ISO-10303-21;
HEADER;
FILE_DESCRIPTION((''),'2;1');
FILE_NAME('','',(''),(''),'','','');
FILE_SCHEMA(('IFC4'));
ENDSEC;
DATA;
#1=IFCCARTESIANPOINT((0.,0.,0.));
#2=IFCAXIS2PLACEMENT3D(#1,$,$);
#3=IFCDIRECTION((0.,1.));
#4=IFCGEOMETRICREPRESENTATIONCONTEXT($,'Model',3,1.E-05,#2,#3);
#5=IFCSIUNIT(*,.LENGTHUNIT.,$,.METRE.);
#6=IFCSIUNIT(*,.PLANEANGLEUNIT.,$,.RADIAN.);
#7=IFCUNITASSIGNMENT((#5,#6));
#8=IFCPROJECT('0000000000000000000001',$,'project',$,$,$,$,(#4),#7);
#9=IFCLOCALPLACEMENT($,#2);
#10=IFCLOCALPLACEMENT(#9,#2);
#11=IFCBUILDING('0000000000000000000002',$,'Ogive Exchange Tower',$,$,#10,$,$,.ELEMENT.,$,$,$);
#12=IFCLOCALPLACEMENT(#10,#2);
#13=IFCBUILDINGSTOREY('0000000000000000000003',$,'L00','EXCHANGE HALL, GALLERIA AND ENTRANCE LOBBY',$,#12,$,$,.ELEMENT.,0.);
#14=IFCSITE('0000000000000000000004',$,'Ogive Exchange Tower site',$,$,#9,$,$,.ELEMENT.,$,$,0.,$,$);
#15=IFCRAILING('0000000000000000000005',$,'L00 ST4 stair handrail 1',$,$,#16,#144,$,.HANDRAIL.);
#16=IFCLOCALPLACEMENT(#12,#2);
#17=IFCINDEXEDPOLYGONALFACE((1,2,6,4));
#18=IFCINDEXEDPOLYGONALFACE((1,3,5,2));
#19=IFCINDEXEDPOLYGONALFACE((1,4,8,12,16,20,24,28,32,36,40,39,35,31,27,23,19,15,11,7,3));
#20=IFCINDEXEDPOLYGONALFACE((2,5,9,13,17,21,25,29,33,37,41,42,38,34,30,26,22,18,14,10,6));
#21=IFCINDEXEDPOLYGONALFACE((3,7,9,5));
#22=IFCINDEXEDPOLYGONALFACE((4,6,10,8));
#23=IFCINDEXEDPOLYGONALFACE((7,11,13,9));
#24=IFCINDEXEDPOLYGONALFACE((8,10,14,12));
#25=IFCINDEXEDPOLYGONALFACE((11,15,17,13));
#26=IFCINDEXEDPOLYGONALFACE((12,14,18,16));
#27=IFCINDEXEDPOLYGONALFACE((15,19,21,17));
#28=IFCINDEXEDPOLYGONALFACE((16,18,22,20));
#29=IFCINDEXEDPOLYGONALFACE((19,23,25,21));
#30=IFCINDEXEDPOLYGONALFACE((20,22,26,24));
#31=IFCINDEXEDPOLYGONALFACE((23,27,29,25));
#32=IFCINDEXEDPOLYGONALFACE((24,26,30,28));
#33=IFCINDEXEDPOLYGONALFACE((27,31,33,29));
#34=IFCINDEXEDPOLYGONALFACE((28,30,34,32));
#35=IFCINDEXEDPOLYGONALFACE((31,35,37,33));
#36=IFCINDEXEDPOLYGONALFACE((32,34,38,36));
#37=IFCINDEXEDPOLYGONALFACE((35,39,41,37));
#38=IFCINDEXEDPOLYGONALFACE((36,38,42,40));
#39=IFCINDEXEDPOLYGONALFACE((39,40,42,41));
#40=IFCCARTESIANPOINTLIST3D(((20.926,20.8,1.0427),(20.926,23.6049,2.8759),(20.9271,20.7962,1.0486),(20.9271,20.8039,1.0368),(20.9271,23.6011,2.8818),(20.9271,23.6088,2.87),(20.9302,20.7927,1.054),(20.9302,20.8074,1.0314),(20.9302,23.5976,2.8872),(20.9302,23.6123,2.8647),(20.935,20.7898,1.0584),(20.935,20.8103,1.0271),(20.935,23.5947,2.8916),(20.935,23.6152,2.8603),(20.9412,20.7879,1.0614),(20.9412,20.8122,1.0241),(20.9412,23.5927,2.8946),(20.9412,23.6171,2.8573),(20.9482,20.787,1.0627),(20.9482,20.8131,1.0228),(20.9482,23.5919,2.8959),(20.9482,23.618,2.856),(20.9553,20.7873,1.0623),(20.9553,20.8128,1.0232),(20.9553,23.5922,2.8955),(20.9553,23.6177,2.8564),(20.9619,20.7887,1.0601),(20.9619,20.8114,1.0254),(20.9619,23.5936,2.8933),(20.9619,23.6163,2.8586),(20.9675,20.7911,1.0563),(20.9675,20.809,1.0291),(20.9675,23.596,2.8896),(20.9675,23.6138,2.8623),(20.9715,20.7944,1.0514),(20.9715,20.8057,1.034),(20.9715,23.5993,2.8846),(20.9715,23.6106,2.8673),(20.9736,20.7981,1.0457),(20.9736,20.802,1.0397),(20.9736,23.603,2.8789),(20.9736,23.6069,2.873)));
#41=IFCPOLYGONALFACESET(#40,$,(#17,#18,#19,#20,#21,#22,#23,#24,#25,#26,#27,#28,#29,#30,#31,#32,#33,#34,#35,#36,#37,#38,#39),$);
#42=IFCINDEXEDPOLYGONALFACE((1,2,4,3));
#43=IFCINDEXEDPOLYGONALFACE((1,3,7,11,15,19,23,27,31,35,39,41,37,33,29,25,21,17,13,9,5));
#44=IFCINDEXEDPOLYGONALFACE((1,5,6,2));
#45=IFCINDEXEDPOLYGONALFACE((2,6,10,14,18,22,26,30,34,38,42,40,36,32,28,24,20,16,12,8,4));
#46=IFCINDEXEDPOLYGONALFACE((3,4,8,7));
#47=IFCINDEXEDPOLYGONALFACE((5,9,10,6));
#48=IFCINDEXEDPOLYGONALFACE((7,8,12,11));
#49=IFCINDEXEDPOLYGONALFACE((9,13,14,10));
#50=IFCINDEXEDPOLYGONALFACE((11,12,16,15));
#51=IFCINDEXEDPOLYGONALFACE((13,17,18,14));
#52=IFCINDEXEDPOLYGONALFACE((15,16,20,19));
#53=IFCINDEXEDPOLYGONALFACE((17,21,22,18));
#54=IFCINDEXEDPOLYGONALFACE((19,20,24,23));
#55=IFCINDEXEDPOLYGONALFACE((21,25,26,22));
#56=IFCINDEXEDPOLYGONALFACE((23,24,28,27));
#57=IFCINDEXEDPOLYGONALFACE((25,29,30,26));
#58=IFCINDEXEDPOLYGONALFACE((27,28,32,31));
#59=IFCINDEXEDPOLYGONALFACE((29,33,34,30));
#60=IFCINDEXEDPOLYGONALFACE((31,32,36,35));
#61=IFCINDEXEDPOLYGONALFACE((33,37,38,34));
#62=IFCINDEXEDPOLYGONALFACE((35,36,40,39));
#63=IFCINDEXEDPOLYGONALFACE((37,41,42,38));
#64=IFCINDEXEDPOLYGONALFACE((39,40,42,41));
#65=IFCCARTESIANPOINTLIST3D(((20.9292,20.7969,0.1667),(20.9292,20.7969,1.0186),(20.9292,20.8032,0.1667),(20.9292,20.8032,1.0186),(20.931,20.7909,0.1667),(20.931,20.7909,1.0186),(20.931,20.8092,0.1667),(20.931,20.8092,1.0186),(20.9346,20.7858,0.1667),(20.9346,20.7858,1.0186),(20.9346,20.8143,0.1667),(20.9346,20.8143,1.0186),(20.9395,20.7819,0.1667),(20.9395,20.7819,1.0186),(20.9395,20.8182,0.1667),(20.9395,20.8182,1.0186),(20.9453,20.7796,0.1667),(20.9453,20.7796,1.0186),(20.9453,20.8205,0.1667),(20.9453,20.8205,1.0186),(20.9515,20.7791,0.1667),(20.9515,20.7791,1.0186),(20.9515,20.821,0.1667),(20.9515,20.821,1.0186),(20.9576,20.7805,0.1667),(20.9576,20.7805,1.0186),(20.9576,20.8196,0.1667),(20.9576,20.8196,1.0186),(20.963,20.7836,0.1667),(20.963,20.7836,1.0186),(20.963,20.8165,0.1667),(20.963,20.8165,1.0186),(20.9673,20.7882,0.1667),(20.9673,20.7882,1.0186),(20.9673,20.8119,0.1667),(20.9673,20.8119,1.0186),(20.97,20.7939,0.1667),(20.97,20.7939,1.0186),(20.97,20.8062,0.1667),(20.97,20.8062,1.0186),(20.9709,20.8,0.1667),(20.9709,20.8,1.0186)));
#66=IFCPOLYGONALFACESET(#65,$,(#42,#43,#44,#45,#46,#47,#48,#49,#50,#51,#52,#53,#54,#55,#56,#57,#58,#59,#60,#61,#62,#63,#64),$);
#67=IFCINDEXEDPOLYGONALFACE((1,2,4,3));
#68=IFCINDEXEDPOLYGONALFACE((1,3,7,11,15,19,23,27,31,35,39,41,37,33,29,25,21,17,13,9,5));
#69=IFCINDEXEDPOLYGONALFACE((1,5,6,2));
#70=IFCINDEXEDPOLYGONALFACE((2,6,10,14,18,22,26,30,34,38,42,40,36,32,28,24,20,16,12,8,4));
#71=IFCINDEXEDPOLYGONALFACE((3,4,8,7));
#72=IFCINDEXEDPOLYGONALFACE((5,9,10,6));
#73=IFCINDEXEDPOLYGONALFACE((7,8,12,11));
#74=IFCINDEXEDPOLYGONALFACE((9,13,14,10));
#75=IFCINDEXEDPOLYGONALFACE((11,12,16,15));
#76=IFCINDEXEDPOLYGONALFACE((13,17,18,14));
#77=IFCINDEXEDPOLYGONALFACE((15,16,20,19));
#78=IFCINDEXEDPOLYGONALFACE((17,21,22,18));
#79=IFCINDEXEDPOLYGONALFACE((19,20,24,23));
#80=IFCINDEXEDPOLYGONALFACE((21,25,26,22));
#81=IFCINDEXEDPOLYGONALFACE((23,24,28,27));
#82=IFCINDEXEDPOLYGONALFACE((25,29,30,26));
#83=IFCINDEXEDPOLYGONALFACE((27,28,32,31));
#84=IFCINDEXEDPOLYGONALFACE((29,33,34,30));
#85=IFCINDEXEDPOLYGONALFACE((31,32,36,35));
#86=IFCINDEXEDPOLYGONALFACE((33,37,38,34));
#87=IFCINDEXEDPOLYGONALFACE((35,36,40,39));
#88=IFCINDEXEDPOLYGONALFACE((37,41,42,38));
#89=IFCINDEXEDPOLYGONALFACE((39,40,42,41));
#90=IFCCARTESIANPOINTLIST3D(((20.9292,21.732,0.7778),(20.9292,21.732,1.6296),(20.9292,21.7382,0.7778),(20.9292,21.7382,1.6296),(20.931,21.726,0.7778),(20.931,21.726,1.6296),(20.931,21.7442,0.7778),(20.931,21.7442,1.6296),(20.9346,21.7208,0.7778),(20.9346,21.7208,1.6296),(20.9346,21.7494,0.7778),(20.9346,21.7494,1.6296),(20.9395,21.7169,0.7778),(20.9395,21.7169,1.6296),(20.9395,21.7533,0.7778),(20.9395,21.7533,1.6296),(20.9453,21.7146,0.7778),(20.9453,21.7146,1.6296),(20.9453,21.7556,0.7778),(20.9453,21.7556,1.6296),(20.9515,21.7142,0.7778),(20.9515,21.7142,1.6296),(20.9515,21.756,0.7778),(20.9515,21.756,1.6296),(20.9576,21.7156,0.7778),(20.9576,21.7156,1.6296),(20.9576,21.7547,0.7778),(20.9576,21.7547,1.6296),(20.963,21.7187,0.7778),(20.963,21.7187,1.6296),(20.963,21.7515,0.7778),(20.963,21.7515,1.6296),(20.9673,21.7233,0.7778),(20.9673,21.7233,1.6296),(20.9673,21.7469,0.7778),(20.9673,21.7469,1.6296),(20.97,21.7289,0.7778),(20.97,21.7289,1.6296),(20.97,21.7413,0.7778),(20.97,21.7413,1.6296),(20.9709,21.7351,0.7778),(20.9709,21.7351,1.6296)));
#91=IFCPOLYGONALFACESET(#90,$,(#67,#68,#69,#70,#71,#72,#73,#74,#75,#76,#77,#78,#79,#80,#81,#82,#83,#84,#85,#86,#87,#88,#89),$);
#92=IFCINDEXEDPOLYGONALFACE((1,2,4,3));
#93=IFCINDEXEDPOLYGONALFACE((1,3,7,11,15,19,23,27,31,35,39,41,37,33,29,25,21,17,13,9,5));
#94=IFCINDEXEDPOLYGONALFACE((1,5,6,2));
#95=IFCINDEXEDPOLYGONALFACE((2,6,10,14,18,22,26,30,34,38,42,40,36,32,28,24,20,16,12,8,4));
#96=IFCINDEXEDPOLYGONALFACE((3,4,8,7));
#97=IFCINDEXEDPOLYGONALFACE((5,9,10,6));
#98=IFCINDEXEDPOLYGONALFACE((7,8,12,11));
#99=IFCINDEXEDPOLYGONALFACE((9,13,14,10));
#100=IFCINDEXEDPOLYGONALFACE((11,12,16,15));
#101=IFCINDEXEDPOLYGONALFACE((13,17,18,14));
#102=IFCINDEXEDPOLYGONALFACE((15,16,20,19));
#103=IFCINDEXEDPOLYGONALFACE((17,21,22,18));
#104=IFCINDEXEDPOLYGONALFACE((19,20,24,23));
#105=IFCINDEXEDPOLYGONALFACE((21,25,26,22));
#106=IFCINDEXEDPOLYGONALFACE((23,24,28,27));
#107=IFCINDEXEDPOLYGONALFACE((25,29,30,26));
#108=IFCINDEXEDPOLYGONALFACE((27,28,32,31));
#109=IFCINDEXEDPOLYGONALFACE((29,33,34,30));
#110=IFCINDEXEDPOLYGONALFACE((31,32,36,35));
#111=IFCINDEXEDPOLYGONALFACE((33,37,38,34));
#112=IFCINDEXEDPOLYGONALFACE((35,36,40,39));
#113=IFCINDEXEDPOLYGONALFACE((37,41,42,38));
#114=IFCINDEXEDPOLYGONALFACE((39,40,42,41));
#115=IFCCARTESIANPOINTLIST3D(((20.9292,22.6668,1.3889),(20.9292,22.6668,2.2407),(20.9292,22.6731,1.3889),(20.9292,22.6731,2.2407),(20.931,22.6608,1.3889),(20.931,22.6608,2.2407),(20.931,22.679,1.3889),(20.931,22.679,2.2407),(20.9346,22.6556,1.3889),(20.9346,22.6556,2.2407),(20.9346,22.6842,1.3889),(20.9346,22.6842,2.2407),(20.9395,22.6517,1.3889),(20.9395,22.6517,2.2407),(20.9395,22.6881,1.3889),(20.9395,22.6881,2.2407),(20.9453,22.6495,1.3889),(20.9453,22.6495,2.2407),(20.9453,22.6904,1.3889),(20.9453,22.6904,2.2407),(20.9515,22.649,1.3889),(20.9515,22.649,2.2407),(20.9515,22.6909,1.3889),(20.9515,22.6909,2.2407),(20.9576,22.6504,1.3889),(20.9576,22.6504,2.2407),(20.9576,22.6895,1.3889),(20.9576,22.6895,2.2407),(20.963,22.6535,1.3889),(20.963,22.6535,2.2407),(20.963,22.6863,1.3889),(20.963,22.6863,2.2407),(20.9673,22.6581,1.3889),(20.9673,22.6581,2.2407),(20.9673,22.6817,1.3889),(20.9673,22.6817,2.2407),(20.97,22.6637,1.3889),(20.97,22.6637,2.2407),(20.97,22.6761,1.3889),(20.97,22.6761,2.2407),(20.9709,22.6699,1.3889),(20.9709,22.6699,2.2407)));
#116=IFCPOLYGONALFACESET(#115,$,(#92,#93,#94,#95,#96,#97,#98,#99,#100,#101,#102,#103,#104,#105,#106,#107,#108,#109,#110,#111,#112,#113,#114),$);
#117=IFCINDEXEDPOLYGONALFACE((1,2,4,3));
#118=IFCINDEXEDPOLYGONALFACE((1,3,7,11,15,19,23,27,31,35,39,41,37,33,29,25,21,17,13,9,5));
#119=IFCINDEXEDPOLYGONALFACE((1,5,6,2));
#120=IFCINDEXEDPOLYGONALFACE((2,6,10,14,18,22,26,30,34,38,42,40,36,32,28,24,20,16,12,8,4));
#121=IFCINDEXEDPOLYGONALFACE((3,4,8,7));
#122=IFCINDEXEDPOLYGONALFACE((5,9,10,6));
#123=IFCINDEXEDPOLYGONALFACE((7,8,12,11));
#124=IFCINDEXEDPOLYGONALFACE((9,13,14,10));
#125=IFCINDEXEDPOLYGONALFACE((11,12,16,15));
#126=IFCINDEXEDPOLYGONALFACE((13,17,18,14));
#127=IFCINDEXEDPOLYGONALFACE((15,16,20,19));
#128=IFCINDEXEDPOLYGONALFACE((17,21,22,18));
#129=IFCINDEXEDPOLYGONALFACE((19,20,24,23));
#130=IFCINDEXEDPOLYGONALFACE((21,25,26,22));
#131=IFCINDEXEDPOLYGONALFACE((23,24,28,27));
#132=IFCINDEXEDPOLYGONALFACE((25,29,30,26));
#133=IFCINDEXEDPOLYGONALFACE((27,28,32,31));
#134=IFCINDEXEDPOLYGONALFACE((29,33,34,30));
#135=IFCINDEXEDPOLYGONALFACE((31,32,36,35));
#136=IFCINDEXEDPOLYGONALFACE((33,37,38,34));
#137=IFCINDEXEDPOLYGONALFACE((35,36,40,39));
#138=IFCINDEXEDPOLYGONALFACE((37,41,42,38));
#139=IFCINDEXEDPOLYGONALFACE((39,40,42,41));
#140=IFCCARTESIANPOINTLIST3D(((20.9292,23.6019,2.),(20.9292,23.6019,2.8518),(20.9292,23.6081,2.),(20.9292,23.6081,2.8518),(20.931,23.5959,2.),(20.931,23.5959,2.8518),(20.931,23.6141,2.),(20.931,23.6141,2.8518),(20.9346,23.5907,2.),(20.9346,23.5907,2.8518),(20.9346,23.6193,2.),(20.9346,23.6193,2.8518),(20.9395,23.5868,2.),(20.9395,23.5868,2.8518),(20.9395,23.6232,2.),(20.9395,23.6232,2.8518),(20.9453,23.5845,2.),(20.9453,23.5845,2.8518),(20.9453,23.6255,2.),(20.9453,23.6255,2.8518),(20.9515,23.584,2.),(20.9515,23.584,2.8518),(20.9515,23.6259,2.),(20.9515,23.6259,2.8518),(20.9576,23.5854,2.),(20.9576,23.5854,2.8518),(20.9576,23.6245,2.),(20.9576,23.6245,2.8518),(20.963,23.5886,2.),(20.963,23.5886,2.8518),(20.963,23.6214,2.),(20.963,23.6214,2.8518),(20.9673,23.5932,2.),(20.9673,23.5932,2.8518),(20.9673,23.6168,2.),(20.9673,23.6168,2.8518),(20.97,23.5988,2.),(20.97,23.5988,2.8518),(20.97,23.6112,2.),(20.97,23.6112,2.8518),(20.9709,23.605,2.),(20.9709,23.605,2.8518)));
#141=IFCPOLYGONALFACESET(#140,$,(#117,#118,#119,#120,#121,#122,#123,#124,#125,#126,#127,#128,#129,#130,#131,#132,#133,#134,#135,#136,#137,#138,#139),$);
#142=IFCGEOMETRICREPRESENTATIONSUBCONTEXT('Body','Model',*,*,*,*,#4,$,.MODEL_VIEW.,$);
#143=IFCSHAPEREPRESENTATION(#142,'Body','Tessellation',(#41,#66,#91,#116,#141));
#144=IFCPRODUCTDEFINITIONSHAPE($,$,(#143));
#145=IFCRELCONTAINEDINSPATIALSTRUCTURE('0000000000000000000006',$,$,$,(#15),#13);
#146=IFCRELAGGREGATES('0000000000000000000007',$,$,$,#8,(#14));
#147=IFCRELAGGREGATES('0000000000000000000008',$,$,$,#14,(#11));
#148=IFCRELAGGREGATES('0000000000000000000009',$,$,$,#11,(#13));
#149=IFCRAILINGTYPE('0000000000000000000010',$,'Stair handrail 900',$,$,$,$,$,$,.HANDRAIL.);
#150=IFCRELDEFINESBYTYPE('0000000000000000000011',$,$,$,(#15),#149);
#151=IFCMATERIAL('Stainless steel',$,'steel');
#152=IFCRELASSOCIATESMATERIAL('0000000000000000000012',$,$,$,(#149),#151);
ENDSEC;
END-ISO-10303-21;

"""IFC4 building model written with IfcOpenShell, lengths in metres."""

from ifc_helpers import new_model, si_unit, direction, frame, origin, origin_2d, place, context, subcontext, project, spatial, circle, extrude, material, type_object, element, save


model = new_model("IFC4")

# Units and contexts
model_context = context("Model", 3, precision=1e-05, world=origin(), true_north=direction((0.0, 1.0)))
body_context = subcontext(model_context, "Body", "Model", "MODEL_VIEW")
ifc_project = project(units=[si_unit("LENGTHUNIT", "METRE"), si_unit("PLANEANGLEUNIT", "RADIAN")], contexts=[model_context])

# Site, building, storey
site_placement = place(None, origin())
site = spatial("IfcSite", under=ifc_project, at=site_placement, Name="Ogive Exchange Tower site", CompositionType="ELEMENT", RefElevation=0.0)
building_placement = place(site_placement, origin())
building = spatial("IfcBuilding", under=site, at=building_placement, Name="Ogive Exchange Tower", CompositionType="ELEMENT")
storey_placement = place(building_placement, origin())
storey = spatial("IfcBuildingStorey", under=building, at=storey_placement, Name="L00", Description="EXCHANGE HALL, GALLERIA AND ENTRANCE LOBBY", CompositionType="ELEMENT", Elevation=0.0)

# Railing
ifc_material_1 = material(Name="Stainless steel", Category="steel")
railing_type = type_object("IfcRailingType", Name="Stair handrail 900", PredefinedType="HANDRAIL", material=ifc_material_1)
railing_1_placement = place(storey_placement, frame((20.95, 20.8, 0.1667)))
element("IfcRailing", 1, at=railing_1_placement, inside=storey, type_object=railing_type, Name="L00 ST4 stair handrail 1", PredefinedType="HANDRAIL", context=body_context, shape_type="SweptSolid", body=[
    extrude(circle(Radius=0.0239, at=origin_2d()), frame((0.0, 0.0, 0.876), z_axis=(0.0, 0.837071, 0.547094), x_axis=(-1.0, 0.0, 0.0)), (0.0, 0.0, 1.0), 3.3508),
    extrude(circle(Radius=0.021, at=origin_2d()), origin(), (0.0, 0.0, 1.0), 0.8518),
    extrude(circle(Radius=0.021, at=origin_2d()), frame((0.0, 0.9351, 0.6111)), (0.0, 0.0, 1.0), 0.8518),
    extrude(circle(Radius=0.021, at=origin_2d()), frame((0.0, 1.8699, 1.2222)), (0.0, 0.0, 1.0), 0.8518),
    extrude(circle(Radius=0.021, at=origin_2d()), frame((0.0, 2.8049, 1.8333)), (0.0, 0.0, 1.0), 0.8518),
])

save(model, "model.ifc")
